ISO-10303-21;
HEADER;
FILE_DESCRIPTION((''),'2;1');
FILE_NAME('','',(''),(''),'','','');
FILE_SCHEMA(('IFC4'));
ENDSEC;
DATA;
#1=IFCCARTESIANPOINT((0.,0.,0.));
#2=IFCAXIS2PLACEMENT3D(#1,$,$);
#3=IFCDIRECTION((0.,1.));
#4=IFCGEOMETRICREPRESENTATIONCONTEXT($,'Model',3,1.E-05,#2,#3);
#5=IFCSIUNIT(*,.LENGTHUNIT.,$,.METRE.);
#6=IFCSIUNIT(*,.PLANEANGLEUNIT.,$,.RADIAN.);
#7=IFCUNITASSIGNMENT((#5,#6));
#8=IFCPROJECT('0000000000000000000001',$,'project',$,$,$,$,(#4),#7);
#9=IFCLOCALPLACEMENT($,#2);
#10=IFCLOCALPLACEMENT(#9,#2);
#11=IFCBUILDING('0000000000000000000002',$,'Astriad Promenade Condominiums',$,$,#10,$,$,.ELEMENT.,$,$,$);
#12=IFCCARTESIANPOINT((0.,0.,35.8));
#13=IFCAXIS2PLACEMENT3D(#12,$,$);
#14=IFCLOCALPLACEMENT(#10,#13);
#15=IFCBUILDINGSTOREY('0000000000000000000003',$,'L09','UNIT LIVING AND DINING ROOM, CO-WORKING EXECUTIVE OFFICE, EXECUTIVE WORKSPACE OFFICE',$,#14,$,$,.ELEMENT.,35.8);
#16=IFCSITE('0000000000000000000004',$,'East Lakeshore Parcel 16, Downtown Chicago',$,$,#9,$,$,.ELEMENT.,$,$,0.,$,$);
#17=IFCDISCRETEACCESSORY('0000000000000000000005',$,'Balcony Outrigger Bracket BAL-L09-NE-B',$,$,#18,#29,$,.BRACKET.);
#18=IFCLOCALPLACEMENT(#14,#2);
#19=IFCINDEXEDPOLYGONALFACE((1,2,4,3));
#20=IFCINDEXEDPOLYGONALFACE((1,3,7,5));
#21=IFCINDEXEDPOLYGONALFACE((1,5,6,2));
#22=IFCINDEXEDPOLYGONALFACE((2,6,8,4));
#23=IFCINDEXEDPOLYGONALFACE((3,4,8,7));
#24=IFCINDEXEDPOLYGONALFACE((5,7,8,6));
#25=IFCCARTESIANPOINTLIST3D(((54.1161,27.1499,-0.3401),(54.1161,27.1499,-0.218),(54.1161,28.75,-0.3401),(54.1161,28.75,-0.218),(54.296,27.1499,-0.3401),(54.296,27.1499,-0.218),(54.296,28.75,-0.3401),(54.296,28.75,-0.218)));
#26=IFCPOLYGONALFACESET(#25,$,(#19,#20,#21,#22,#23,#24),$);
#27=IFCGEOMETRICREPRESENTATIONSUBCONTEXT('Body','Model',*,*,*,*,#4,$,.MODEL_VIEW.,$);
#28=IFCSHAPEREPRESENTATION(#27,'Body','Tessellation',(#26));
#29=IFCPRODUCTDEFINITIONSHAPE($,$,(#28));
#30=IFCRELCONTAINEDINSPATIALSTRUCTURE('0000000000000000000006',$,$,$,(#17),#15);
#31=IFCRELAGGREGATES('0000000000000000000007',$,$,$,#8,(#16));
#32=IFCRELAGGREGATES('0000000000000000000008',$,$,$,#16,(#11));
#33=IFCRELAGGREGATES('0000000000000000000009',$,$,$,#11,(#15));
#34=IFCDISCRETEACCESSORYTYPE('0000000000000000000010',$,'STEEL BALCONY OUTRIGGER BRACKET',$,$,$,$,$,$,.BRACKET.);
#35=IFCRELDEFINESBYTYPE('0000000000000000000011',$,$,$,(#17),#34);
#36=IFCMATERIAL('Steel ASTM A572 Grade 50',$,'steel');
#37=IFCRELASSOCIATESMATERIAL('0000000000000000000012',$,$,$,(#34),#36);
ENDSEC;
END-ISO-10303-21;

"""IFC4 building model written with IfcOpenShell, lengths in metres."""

from ifc_helpers import new_model, si_unit, direction, frame, origin, origin_2d, place, context, subcontext, project, spatial, rectangle, extrude, source, transform, mapped, material, type_object, type_shapes, element, save


model = new_model("IFC4")

# Units and contexts
model_context = context("Model", 3, precision=1e-05, world=origin(), true_north=direction((0.0, 1.0)))
body_context = subcontext(model_context, "Body", "Model", "MODEL_VIEW")
ifc_project = project(units=[si_unit("LENGTHUNIT", "METRE"), si_unit("PLANEANGLEUNIT", "RADIAN")], contexts=[model_context])

# Site, building, storey
site_placement = place(None, origin())
site = spatial("IfcSite", under=ifc_project, at=site_placement, Name="East Lakeshore Parcel 16, Downtown Chicago", CompositionType="ELEMENT", RefElevation=0.0)
building_placement = place(site_placement, origin())
building = spatial("IfcBuilding", under=site, at=building_placement, Name="Astriad Promenade Condominiums", CompositionType="ELEMENT")
storey_placement = place(building_placement, frame((0.0, 0.0, 35.8)))
storey = spatial("IfcBuildingStorey", under=building, at=storey_placement, Name="L09", Description="UNIT LIVING AND DINING ROOM, CO-WORKING EXECUTIVE OFFICE, EXECUTIVE WORKSPACE OFFICE", CompositionType="ELEMENT", Elevation=35.8)

# Discrete accessory
ifc_material_1 = material(Name="Steel ASTM A572 Grade 50", Category="steel")
discrete_accessory_type = type_object("IfcDiscreteAccessoryType", Name="STEEL BALCONY OUTRIGGER BRACKET", PredefinedType="BRACKET", material=ifc_material_1)
shared_shape_1 = source(origin(), body_context, "Body", "SweptSolid", [
    extrude(rectangle(XDim=1.6001, YDim=0.1799, at=origin_2d()), origin(), (0.0, 0.0, 1.0), 0.1221),
])
type_shapes(discrete_accessory_type, [shared_shape_1])
for number, where, z_axis, x_axis, name in (
    (1, (54.2061, 27.95, -0.3401), (0.0, 0.0, 1.0), (0.0, 1.0, 0.0), "Balcony Outrigger Bracket BAL-L09-NE-B"),
):
    element("IfcDiscreteAccessory", number, at=place(storey_placement, frame(where, z_axis=z_axis, x_axis=x_axis)), inside=storey, type_object=discrete_accessory_type, Name=name, PredefinedType="BRACKET", context=body_context, shape_type="MappedRepresentation", body=[
        mapped(shared_shape_1, transform((0.0, 0.0, 0.0), scale=1.0)),
    ])

save(model, "model.ifc")
